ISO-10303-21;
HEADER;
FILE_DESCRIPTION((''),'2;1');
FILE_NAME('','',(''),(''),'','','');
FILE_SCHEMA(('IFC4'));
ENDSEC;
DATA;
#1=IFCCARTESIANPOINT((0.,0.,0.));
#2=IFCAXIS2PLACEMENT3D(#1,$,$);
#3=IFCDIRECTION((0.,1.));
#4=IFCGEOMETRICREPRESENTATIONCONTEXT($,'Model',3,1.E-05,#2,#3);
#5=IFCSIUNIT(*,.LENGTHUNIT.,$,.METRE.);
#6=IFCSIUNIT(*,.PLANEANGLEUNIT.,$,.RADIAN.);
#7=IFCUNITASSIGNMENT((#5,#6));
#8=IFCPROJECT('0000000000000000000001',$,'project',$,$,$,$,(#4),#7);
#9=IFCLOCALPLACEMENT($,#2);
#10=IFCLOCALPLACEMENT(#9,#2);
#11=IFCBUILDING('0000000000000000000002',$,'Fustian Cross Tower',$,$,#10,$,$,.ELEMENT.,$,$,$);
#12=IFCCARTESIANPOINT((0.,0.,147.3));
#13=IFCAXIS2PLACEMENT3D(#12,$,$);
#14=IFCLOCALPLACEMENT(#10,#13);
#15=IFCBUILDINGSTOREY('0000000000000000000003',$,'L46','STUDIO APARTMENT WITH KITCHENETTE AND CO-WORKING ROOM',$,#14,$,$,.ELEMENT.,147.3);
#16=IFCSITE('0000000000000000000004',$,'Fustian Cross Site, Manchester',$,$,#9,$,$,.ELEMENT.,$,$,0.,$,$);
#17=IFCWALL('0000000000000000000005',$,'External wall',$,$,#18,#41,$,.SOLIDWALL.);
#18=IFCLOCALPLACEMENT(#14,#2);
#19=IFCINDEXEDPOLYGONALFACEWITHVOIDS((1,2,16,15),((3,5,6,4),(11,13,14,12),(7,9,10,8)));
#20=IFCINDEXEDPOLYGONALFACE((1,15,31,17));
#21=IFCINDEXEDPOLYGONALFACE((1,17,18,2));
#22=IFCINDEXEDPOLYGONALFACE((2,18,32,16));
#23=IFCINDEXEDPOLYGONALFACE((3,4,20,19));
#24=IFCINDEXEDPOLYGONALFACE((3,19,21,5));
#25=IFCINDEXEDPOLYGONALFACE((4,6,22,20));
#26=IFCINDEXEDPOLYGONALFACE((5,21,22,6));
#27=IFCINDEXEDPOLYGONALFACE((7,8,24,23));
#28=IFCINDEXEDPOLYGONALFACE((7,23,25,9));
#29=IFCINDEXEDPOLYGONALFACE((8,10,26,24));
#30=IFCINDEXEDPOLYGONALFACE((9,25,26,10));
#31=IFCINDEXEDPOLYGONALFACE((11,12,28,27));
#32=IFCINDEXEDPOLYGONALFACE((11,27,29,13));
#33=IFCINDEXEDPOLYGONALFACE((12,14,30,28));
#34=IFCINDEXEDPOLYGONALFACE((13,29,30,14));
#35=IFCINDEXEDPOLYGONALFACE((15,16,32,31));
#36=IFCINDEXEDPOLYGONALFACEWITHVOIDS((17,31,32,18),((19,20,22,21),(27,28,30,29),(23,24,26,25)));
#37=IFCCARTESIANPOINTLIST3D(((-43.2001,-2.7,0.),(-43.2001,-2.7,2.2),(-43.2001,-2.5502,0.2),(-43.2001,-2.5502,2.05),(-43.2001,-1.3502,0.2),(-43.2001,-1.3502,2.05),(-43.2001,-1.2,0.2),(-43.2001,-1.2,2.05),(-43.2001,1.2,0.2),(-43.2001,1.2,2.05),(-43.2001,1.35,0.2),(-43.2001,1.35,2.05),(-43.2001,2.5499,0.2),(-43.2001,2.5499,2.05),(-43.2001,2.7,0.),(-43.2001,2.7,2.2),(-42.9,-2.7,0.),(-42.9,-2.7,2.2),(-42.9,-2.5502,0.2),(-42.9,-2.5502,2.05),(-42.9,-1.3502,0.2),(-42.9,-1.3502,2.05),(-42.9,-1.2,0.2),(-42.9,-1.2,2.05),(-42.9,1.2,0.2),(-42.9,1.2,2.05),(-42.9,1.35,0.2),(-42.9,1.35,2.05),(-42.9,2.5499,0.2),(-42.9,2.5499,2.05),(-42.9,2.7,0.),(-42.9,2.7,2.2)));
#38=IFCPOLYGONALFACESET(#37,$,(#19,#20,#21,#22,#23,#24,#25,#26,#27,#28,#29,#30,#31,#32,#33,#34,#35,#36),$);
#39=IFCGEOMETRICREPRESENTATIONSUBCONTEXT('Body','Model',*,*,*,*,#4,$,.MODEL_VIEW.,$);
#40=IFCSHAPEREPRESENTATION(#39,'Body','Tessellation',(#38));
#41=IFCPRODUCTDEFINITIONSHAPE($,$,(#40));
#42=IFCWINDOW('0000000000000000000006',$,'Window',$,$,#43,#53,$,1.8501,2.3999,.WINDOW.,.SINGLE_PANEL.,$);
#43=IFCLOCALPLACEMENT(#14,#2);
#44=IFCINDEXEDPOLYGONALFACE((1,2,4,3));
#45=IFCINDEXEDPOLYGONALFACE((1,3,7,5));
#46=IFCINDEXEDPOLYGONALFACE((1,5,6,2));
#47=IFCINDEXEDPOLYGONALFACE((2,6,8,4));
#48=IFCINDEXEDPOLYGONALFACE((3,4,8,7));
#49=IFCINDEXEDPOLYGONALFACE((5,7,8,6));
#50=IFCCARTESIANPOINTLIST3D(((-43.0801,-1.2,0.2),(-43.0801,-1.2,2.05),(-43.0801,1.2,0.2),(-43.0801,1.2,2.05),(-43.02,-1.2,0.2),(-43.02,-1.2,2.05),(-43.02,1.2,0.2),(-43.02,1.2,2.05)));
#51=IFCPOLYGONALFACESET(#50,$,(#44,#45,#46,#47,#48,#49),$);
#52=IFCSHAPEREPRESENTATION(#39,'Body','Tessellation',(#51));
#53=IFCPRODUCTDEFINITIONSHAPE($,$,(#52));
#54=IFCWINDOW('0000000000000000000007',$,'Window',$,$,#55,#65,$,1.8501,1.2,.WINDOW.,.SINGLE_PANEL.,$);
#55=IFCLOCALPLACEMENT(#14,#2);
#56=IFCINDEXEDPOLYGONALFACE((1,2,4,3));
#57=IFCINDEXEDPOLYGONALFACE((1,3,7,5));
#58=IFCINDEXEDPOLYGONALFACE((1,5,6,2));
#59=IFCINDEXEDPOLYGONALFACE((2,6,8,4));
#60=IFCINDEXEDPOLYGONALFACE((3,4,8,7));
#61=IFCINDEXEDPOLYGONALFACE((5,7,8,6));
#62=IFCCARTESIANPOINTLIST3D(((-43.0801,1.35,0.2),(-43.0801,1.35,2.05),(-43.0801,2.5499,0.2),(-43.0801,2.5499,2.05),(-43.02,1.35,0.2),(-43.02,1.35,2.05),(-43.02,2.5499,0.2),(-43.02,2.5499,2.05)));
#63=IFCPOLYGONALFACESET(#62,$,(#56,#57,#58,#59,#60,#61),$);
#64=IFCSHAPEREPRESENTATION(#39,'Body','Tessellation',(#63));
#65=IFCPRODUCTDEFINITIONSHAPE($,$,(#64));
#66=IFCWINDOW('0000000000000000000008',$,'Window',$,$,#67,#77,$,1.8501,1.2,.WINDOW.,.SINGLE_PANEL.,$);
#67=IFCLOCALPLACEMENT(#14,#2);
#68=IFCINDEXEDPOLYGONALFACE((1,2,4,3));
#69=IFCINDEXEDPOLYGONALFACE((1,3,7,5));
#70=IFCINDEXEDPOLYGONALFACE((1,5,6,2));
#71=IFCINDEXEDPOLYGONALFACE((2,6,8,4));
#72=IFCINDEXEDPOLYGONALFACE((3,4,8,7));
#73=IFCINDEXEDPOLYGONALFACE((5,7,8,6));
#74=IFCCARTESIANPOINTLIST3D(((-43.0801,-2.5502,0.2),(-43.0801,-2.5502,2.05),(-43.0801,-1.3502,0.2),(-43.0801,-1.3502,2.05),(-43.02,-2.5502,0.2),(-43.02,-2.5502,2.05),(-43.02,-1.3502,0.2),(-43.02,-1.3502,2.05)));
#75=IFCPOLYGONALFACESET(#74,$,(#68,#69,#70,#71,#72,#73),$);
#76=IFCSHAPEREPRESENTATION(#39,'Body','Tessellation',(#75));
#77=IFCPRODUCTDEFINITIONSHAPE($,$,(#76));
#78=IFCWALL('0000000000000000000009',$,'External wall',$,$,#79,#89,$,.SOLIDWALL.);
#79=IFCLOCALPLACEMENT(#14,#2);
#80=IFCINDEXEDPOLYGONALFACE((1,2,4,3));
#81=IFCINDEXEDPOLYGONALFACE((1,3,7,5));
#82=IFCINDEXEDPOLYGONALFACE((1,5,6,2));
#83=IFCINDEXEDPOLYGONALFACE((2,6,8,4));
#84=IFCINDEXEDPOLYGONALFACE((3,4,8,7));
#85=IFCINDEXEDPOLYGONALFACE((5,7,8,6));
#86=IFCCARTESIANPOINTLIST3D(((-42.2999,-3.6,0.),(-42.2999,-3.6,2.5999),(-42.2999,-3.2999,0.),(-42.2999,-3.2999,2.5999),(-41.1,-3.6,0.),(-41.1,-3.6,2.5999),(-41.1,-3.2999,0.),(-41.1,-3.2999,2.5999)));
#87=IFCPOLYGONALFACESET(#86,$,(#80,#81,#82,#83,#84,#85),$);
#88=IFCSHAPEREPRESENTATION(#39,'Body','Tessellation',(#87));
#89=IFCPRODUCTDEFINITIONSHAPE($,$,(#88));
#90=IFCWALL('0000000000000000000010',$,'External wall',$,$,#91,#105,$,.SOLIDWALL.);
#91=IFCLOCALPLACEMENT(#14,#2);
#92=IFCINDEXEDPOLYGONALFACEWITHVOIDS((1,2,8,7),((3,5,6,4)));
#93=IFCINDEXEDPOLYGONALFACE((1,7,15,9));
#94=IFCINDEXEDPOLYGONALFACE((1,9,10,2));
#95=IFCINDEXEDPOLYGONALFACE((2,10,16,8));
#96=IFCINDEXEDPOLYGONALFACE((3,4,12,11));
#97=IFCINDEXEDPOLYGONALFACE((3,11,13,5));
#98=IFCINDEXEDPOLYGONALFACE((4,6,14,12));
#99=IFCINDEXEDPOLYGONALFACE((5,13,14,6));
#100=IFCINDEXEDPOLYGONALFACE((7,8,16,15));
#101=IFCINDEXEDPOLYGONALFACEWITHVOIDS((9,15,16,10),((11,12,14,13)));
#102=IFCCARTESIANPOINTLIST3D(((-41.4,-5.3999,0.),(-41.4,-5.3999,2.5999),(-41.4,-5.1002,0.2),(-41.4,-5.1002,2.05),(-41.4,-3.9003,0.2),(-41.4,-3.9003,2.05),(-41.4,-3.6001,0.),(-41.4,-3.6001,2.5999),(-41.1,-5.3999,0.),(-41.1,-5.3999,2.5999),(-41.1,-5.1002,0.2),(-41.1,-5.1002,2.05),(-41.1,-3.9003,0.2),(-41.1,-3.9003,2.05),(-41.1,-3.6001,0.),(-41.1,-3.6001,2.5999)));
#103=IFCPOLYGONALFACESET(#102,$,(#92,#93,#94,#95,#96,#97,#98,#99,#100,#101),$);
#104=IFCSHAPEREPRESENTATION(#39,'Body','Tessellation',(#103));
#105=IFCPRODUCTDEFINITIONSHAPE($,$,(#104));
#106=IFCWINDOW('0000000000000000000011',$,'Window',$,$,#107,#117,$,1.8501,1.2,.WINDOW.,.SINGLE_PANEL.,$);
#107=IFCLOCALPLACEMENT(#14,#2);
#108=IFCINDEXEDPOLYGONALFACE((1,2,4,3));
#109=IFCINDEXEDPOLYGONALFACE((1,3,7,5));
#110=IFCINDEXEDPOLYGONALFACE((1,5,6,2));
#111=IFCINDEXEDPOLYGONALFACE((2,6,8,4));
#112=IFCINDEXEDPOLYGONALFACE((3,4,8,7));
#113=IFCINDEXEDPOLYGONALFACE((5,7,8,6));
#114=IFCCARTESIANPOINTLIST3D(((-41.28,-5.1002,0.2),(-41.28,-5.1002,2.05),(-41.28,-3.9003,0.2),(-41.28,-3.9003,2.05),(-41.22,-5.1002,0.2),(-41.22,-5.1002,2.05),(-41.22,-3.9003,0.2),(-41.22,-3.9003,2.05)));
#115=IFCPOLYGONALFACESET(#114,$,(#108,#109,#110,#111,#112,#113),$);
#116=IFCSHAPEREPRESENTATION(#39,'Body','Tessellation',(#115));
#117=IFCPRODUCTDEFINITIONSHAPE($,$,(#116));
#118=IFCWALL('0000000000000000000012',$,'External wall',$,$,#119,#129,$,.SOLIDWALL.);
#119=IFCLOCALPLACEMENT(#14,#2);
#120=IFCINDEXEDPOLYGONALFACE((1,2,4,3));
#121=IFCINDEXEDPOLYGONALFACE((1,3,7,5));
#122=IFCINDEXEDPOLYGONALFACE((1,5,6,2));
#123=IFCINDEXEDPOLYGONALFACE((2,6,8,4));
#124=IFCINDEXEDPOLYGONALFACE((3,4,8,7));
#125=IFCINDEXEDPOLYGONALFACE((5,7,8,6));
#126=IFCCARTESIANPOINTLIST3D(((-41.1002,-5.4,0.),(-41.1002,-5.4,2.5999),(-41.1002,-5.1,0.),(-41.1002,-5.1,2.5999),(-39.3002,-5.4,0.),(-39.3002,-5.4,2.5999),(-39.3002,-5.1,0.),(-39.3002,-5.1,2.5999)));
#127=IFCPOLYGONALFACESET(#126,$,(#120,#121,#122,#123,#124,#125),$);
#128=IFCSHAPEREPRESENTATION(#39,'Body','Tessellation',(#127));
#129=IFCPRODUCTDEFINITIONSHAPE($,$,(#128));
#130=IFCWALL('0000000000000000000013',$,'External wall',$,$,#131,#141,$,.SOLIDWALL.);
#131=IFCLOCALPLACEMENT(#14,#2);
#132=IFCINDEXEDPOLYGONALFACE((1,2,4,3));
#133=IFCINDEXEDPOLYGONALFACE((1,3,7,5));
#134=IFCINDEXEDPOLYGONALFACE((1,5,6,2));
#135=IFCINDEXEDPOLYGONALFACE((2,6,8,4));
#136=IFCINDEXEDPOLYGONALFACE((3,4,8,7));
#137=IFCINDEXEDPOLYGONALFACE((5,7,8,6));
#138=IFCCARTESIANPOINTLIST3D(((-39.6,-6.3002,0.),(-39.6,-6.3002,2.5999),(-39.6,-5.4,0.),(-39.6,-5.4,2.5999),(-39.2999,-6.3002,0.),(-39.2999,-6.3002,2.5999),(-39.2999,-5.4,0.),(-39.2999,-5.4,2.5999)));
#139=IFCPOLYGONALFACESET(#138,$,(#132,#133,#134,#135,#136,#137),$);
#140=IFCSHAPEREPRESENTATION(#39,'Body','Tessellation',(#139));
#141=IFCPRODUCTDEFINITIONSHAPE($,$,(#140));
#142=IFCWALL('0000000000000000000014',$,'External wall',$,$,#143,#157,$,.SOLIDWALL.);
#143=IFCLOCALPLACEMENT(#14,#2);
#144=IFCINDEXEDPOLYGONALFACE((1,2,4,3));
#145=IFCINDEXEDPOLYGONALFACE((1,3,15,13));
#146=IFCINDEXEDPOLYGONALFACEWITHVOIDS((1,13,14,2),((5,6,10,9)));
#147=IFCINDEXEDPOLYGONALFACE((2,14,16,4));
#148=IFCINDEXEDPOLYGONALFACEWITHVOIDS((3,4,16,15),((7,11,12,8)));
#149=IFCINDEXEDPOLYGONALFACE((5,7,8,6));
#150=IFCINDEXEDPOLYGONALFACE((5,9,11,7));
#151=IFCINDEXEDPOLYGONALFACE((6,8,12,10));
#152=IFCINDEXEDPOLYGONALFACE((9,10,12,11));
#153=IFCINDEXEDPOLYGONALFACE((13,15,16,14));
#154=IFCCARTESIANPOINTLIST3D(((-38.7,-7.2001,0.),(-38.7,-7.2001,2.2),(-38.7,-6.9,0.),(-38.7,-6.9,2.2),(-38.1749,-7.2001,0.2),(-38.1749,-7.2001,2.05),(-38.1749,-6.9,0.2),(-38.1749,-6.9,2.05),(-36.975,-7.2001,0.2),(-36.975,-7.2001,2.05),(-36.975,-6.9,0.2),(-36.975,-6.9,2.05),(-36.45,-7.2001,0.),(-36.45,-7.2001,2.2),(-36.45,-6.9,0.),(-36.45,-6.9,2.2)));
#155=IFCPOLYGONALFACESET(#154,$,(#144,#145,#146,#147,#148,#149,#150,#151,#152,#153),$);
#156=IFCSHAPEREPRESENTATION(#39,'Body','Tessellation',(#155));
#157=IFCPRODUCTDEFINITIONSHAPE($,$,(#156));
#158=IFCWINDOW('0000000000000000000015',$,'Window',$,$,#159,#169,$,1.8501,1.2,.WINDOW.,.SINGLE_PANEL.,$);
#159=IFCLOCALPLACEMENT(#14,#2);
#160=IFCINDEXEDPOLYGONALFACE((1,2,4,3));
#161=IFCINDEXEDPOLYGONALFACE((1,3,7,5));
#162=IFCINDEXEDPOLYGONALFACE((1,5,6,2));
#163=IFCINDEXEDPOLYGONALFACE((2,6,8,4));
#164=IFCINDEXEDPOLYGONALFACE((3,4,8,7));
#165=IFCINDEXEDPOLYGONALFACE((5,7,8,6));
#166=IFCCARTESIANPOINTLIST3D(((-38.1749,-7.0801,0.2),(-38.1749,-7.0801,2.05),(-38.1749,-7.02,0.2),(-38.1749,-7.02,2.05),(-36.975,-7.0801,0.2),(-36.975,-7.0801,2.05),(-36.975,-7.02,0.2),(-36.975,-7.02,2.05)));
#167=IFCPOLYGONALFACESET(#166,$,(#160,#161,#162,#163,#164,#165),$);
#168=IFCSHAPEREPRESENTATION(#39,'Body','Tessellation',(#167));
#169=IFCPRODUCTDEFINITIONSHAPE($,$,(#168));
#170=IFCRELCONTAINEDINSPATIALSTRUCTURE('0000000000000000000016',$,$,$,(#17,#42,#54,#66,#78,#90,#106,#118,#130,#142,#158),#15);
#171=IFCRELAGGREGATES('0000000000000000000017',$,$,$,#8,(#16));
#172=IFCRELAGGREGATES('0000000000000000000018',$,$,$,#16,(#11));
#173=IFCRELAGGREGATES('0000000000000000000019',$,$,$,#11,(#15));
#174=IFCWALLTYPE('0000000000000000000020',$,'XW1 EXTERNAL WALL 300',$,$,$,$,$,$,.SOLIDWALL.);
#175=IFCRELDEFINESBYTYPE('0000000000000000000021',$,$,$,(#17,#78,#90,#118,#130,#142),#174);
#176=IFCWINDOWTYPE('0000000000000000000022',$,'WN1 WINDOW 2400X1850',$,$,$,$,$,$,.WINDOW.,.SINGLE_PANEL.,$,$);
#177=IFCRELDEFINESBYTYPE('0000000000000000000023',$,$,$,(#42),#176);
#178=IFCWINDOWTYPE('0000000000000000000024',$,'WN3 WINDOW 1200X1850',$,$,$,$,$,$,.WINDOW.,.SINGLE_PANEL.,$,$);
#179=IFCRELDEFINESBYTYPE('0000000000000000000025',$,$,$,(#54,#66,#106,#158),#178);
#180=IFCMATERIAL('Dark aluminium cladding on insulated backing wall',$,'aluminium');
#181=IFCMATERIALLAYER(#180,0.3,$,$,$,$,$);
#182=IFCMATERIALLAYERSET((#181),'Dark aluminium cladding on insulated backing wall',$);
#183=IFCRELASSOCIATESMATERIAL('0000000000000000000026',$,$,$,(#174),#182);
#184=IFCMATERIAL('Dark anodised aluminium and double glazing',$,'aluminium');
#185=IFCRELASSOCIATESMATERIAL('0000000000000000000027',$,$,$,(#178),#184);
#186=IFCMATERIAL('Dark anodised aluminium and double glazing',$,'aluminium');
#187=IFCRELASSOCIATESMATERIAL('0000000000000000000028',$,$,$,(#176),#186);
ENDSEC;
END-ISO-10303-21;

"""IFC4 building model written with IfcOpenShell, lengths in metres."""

from ifc_helpers import new_model, si_unit, direction, frame, frame_2d, origin, place, context, subcontext, project, spatial, rectangle, extrude, material, layer, layer_set, type_object, element, fill, save


model = new_model("IFC4")

# Units and contexts
model_context = context("Model", 3, precision=1e-05, world=origin(), true_north=direction((0.0, 1.0)))
body_context = subcontext(model_context, "Body", "Model", "MODEL_VIEW")
ifc_project = project(units=[si_unit("LENGTHUNIT", "METRE"), si_unit("PLANEANGLEUNIT", "RADIAN")], contexts=[model_context])

# Site, building, storey
site_placement = place(None, origin())
site = spatial("IfcSite", under=ifc_project, at=site_placement, Name="Fustian Cross Site, Manchester", CompositionType="ELEMENT", RefElevation=0.0)
building_placement = place(site_placement, origin())
building = spatial("IfcBuilding", under=site, at=building_placement, Name="Fustian Cross Tower", CompositionType="ELEMENT")
storey_placement = place(building_placement, frame((0.0, 0.0, 147.3)))
storey = spatial("IfcBuildingStorey", under=building, at=storey_placement, Name="L46", Description="STUDIO APARTMENT WITH KITCHENETTE AND CO-WORKING ROOM", CompositionType="ELEMENT", Elevation=147.3)

# Shared definitions
ifc_material_1 = material(Name="Dark aluminium cladding on insulated backing wall", Category="aluminium")
ifc_layer_1 = layer(ifc_material_1, 0.3)
ifc_layer_set_1 = layer_set([ifc_layer_1], Name="Dark aluminium cladding on insulated backing wall")
wall_type_1 = type_object("IfcWallType", Name="XW1 EXTERNAL WALL 300", PredefinedType="SOLIDWALL", material=ifc_layer_set_1)

# Shared definitions
ifc_material_2 = material(Name="Dark anodised aluminium and double glazing", Category="aluminium")
window_type_1 = type_object("IfcWindowType", Name="WN3 WINDOW 1200X1850", PartitioningType="SINGLE_PANEL", PredefinedType="WINDOW", material=ifc_material_2)

# Wall, openings, windows
wall_1_placement = place(storey_placement, frame((-43.05, 2.7, 0.0), z_axis=(0.0, 0.0, 1.0), x_axis=(0.0, -1.0, 0.0)))
wall_1 = element("IfcWall", 1, at=wall_1_placement, inside=storey, type_object=wall_type_1, Name="External wall", PredefinedType="SOLIDWALL", context=body_context, shape_type="SweptSolid", body=[
    extrude(rectangle(XDim=5.3999, YDim=0.3, at=frame_2d((2.7, 0.0))), origin(), (0.0, 0.0, 1.0), 2.2),
])
opening_1_placement = place(wall_1_placement, frame((1.5, 0.0, 0.2)))
opening_1 = element("IfcOpeningElement", 2, at=opening_1_placement, cuts=wall_1, PredefinedType="OPENING", context=body_context, shape_type="SweptSolid", body=[
    extrude(rectangle(XDim=2.3999, YDim=1.8501, at=frame_2d((1.2, 0.925))), frame((0.0, 0.1599, 0.0), z_axis=(0.0, -1.0, 0.0), x_axis=(1.0, 0.0, 0.0)), (0.0, 0.0, 1.0), 0.3201),
])
opening_2_placement = place(wall_1_placement, frame((0.1499, 0.0, 0.2)))
opening_2 = element("IfcOpeningElement", 3, at=opening_2_placement, cuts=wall_1, PredefinedType="OPENING", context=body_context, shape_type="SweptSolid", body=[
    extrude(rectangle(XDim=1.2, YDim=1.8501, at=frame_2d((0.6001, 0.925))), frame((0.0, 0.1599, 0.0), z_axis=(0.0, -1.0, 0.0), x_axis=(1.0, 0.0, 0.0)), (0.0, 0.0, 1.0), 0.3201),
])
opening_3_placement = place(wall_1_placement, frame((4.05, 0.0, 0.2)))
opening_3 = element("IfcOpeningElement", 4, at=opening_3_placement, cuts=wall_1, PredefinedType="OPENING", context=body_context, shape_type="SweptSolid", body=[
    extrude(rectangle(XDim=1.2, YDim=1.8501, at=frame_2d((0.6001, 0.925))), frame((0.0, 0.1599, 0.0), z_axis=(0.0, -1.0, 0.0), x_axis=(1.0, 0.0, 0.0)), (0.0, 0.0, 1.0), 0.3201),
])
ifc_material_3 = material(Name="Dark anodised aluminium and double glazing", Category="aluminium")
window_type_2 = type_object("IfcWindowType", Name="WN1 WINDOW 2400X1850", PartitioningType="SINGLE_PANEL", PredefinedType="WINDOW", material=ifc_material_3)
window_1_placement = place(opening_1_placement, origin())
window_1 = element("IfcWindow", 5, at=window_1_placement, inside=storey, type_object=window_type_2, Name="Window", OverallHeight=1.8501, OverallWidth=2.3999, PartitioningType="SINGLE_PANEL", PredefinedType="WINDOW", context=body_context, shape_type="SweptSolid", body=[
    extrude(rectangle(XDim=2.3999, YDim=1.8501, at=frame_2d((1.2, 0.925))), frame((0.0, 0.03, 0.0), z_axis=(0.0, -1.0, 0.0), x_axis=(1.0, 0.0, 0.0)), (0.0, 0.0, 1.0), 0.0601),
])
fill(opening_1, window_1)
window_2_placement = place(opening_2_placement, origin())
window_2 = element("IfcWindow", 6, at=window_2_placement, inside=storey, type_object=window_type_1, Name="Window", OverallHeight=1.8501, OverallWidth=1.2, PartitioningType="SINGLE_PANEL", PredefinedType="WINDOW", context=body_context, shape_type="SweptSolid", body=[
    extrude(rectangle(XDim=1.2, YDim=1.8501, at=frame_2d((0.6001, 0.925))), frame((0.0, 0.03, 0.0), z_axis=(0.0, -1.0, 0.0), x_axis=(1.0, 0.0, 0.0)), (0.0, 0.0, 1.0), 0.0601),
])
fill(opening_2, window_2)
window_3_placement = place(opening_3_placement, origin())
window_3 = element("IfcWindow", 7, at=window_3_placement, inside=storey, type_object=window_type_1, Name="Window", OverallHeight=1.8501, OverallWidth=1.2, PartitioningType="SINGLE_PANEL", PredefinedType="WINDOW", context=body_context, shape_type="SweptSolid", body=[
    extrude(rectangle(XDim=1.2, YDim=1.8501, at=frame_2d((0.6001, 0.925))), frame((0.0, 0.03, 0.0), z_axis=(0.0, -1.0, 0.0), x_axis=(1.0, 0.0, 0.0)), (0.0, 0.0, 1.0), 0.0601),
])
fill(opening_3, window_3)

# Wall
wall_2_placement = place(storey_placement, frame((-42.3, -3.45, 0.0), z_axis=(0.0, 0.0, 1.0), x_axis=(1.0, 0.0, 0.0)))
element("IfcWall", 8, at=wall_2_placement, inside=storey, type_object=wall_type_1, Name="External wall", PredefinedType="SOLIDWALL", context=body_context, shape_type="SweptSolid", body=[
    extrude(rectangle(XDim=1.2, YDim=0.3, at=frame_2d((0.6001, 0.0))), origin(), (0.0, 0.0, 1.0), 2.5999),
])

# Wall, opening, window
wall_3_placement = place(storey_placement, frame((-41.25, -3.6001, 0.0), z_axis=(0.0, 0.0, 1.0), x_axis=(0.0, -1.0, 0.0)))
wall_3 = element("IfcWall", 9, at=wall_3_placement, inside=storey, type_object=wall_type_1, Name="External wall", PredefinedType="SOLIDWALL", context=body_context, shape_type="SweptSolid", body=[
    extrude(rectangle(XDim=1.7998, YDim=0.3, at=frame_2d((0.8999, 0.0))), origin(), (0.0, 0.0, 1.0), 2.5999),
])
opening_4_placement = place(wall_3_placement, frame((0.3, 0.0, 0.2)))
opening_4 = element("IfcOpeningElement", 10, at=opening_4_placement, cuts=wall_3, PredefinedType="OPENING", context=body_context, shape_type="SweptSolid", body=[
    extrude(rectangle(XDim=1.2, YDim=1.8501, at=frame_2d((0.6001, 0.925))), frame((0.0, 0.1599, 0.0), z_axis=(0.0, -1.0, 0.0), x_axis=(1.0, 0.0, 0.0)), (0.0, 0.0, 1.0), 0.3201),
])
window_4_placement = place(opening_4_placement, origin())
window_4 = element("IfcWindow", 11, at=window_4_placement, inside=storey, type_object=window_type_1, Name="Window", OverallHeight=1.8501, OverallWidth=1.2, PartitioningType="SINGLE_PANEL", PredefinedType="WINDOW", context=body_context, shape_type="SweptSolid", body=[
    extrude(rectangle(XDim=1.2, YDim=1.8501, at=frame_2d((0.6001, 0.925))), frame((0.0, 0.03, 0.0), z_axis=(0.0, -1.0, 0.0), x_axis=(1.0, 0.0, 0.0)), (0.0, 0.0, 1.0), 0.0601),
])
fill(opening_4, window_4)

# Walls
wall_4_placement = place(storey_placement, frame((-41.1001, -5.25, 0.0), z_axis=(0.0, 0.0, 1.0), x_axis=(1.0, 0.0, 0.0)))
element("IfcWall", 12, at=wall_4_placement, inside=storey, type_object=wall_type_1, Name="External wall", PredefinedType="SOLIDWALL", context=body_context, shape_type="SweptSolid", body=[
    extrude(rectangle(XDim=1.8, YDim=0.3, at=frame_2d((0.8999, 0.0))), origin(), (0.0, 0.0, 1.0), 2.5999),
])
wall_5_placement = place(storey_placement, frame((-39.45, -5.3999, 0.0), z_axis=(0.0, 0.0, 1.0), x_axis=(0.0, -1.0, 0.0)))
element("IfcWall", 13, at=wall_5_placement, inside=storey, type_object=wall_type_1, Name="External wall", PredefinedType="SOLIDWALL", context=body_context, shape_type="SweptSolid", body=[
    extrude(rectangle(XDim=0.9001, YDim=0.3, at=frame_2d((0.4502, 0.0))), origin(), (0.0, 0.0, 1.0), 2.5999),
])

# Wall, opening, window
wall_6_placement = place(storey_placement, frame((-38.7, -7.05, 0.0), z_axis=(0.0, 0.0, 1.0), x_axis=(1.0, 0.0, 0.0)))
wall_6 = element("IfcWall", 14, at=wall_6_placement, inside=storey, type_object=wall_type_1, Name="External wall", PredefinedType="SOLIDWALL", context=body_context, shape_type="SweptSolid", body=[
    extrude(rectangle(XDim=2.25, YDim=0.3, at=frame_2d((1.125, 0.0))), origin(), (0.0, 0.0, 1.0), 2.2),
])
opening_5_placement = place(wall_6_placement, frame((0.5249, 0.0, 0.2)))
opening_5 = element("IfcOpeningElement", 15, at=opening_5_placement, cuts=wall_6, PredefinedType="OPENING", context=body_context, shape_type="SweptSolid", body=[
    extrude(rectangle(XDim=1.2, YDim=1.8501, at=frame_2d((0.6001, 0.925))), frame((0.0, 0.1599, 0.0), z_axis=(0.0, -1.0, 0.0), x_axis=(1.0, 0.0, 0.0)), (0.0, 0.0, 1.0), 0.3201),
])
window_5_placement = place(opening_5_placement, origin())
window_5 = element("IfcWindow", 16, at=window_5_placement, inside=storey, type_object=window_type_1, Name="Window", OverallHeight=1.8501, OverallWidth=1.2, PartitioningType="SINGLE_PANEL", PredefinedType="WINDOW", context=body_context, shape_type="SweptSolid", body=[
    extrude(rectangle(XDim=1.2, YDim=1.8501, at=frame_2d((0.6001, 0.925))), frame((0.0, 0.03, 0.0), z_axis=(0.0, -1.0, 0.0), x_axis=(1.0, 0.0, 0.0)), (0.0, 0.0, 1.0), 0.0601),
])
fill(opening_5, window_5)

save(model, "model.ifc")
